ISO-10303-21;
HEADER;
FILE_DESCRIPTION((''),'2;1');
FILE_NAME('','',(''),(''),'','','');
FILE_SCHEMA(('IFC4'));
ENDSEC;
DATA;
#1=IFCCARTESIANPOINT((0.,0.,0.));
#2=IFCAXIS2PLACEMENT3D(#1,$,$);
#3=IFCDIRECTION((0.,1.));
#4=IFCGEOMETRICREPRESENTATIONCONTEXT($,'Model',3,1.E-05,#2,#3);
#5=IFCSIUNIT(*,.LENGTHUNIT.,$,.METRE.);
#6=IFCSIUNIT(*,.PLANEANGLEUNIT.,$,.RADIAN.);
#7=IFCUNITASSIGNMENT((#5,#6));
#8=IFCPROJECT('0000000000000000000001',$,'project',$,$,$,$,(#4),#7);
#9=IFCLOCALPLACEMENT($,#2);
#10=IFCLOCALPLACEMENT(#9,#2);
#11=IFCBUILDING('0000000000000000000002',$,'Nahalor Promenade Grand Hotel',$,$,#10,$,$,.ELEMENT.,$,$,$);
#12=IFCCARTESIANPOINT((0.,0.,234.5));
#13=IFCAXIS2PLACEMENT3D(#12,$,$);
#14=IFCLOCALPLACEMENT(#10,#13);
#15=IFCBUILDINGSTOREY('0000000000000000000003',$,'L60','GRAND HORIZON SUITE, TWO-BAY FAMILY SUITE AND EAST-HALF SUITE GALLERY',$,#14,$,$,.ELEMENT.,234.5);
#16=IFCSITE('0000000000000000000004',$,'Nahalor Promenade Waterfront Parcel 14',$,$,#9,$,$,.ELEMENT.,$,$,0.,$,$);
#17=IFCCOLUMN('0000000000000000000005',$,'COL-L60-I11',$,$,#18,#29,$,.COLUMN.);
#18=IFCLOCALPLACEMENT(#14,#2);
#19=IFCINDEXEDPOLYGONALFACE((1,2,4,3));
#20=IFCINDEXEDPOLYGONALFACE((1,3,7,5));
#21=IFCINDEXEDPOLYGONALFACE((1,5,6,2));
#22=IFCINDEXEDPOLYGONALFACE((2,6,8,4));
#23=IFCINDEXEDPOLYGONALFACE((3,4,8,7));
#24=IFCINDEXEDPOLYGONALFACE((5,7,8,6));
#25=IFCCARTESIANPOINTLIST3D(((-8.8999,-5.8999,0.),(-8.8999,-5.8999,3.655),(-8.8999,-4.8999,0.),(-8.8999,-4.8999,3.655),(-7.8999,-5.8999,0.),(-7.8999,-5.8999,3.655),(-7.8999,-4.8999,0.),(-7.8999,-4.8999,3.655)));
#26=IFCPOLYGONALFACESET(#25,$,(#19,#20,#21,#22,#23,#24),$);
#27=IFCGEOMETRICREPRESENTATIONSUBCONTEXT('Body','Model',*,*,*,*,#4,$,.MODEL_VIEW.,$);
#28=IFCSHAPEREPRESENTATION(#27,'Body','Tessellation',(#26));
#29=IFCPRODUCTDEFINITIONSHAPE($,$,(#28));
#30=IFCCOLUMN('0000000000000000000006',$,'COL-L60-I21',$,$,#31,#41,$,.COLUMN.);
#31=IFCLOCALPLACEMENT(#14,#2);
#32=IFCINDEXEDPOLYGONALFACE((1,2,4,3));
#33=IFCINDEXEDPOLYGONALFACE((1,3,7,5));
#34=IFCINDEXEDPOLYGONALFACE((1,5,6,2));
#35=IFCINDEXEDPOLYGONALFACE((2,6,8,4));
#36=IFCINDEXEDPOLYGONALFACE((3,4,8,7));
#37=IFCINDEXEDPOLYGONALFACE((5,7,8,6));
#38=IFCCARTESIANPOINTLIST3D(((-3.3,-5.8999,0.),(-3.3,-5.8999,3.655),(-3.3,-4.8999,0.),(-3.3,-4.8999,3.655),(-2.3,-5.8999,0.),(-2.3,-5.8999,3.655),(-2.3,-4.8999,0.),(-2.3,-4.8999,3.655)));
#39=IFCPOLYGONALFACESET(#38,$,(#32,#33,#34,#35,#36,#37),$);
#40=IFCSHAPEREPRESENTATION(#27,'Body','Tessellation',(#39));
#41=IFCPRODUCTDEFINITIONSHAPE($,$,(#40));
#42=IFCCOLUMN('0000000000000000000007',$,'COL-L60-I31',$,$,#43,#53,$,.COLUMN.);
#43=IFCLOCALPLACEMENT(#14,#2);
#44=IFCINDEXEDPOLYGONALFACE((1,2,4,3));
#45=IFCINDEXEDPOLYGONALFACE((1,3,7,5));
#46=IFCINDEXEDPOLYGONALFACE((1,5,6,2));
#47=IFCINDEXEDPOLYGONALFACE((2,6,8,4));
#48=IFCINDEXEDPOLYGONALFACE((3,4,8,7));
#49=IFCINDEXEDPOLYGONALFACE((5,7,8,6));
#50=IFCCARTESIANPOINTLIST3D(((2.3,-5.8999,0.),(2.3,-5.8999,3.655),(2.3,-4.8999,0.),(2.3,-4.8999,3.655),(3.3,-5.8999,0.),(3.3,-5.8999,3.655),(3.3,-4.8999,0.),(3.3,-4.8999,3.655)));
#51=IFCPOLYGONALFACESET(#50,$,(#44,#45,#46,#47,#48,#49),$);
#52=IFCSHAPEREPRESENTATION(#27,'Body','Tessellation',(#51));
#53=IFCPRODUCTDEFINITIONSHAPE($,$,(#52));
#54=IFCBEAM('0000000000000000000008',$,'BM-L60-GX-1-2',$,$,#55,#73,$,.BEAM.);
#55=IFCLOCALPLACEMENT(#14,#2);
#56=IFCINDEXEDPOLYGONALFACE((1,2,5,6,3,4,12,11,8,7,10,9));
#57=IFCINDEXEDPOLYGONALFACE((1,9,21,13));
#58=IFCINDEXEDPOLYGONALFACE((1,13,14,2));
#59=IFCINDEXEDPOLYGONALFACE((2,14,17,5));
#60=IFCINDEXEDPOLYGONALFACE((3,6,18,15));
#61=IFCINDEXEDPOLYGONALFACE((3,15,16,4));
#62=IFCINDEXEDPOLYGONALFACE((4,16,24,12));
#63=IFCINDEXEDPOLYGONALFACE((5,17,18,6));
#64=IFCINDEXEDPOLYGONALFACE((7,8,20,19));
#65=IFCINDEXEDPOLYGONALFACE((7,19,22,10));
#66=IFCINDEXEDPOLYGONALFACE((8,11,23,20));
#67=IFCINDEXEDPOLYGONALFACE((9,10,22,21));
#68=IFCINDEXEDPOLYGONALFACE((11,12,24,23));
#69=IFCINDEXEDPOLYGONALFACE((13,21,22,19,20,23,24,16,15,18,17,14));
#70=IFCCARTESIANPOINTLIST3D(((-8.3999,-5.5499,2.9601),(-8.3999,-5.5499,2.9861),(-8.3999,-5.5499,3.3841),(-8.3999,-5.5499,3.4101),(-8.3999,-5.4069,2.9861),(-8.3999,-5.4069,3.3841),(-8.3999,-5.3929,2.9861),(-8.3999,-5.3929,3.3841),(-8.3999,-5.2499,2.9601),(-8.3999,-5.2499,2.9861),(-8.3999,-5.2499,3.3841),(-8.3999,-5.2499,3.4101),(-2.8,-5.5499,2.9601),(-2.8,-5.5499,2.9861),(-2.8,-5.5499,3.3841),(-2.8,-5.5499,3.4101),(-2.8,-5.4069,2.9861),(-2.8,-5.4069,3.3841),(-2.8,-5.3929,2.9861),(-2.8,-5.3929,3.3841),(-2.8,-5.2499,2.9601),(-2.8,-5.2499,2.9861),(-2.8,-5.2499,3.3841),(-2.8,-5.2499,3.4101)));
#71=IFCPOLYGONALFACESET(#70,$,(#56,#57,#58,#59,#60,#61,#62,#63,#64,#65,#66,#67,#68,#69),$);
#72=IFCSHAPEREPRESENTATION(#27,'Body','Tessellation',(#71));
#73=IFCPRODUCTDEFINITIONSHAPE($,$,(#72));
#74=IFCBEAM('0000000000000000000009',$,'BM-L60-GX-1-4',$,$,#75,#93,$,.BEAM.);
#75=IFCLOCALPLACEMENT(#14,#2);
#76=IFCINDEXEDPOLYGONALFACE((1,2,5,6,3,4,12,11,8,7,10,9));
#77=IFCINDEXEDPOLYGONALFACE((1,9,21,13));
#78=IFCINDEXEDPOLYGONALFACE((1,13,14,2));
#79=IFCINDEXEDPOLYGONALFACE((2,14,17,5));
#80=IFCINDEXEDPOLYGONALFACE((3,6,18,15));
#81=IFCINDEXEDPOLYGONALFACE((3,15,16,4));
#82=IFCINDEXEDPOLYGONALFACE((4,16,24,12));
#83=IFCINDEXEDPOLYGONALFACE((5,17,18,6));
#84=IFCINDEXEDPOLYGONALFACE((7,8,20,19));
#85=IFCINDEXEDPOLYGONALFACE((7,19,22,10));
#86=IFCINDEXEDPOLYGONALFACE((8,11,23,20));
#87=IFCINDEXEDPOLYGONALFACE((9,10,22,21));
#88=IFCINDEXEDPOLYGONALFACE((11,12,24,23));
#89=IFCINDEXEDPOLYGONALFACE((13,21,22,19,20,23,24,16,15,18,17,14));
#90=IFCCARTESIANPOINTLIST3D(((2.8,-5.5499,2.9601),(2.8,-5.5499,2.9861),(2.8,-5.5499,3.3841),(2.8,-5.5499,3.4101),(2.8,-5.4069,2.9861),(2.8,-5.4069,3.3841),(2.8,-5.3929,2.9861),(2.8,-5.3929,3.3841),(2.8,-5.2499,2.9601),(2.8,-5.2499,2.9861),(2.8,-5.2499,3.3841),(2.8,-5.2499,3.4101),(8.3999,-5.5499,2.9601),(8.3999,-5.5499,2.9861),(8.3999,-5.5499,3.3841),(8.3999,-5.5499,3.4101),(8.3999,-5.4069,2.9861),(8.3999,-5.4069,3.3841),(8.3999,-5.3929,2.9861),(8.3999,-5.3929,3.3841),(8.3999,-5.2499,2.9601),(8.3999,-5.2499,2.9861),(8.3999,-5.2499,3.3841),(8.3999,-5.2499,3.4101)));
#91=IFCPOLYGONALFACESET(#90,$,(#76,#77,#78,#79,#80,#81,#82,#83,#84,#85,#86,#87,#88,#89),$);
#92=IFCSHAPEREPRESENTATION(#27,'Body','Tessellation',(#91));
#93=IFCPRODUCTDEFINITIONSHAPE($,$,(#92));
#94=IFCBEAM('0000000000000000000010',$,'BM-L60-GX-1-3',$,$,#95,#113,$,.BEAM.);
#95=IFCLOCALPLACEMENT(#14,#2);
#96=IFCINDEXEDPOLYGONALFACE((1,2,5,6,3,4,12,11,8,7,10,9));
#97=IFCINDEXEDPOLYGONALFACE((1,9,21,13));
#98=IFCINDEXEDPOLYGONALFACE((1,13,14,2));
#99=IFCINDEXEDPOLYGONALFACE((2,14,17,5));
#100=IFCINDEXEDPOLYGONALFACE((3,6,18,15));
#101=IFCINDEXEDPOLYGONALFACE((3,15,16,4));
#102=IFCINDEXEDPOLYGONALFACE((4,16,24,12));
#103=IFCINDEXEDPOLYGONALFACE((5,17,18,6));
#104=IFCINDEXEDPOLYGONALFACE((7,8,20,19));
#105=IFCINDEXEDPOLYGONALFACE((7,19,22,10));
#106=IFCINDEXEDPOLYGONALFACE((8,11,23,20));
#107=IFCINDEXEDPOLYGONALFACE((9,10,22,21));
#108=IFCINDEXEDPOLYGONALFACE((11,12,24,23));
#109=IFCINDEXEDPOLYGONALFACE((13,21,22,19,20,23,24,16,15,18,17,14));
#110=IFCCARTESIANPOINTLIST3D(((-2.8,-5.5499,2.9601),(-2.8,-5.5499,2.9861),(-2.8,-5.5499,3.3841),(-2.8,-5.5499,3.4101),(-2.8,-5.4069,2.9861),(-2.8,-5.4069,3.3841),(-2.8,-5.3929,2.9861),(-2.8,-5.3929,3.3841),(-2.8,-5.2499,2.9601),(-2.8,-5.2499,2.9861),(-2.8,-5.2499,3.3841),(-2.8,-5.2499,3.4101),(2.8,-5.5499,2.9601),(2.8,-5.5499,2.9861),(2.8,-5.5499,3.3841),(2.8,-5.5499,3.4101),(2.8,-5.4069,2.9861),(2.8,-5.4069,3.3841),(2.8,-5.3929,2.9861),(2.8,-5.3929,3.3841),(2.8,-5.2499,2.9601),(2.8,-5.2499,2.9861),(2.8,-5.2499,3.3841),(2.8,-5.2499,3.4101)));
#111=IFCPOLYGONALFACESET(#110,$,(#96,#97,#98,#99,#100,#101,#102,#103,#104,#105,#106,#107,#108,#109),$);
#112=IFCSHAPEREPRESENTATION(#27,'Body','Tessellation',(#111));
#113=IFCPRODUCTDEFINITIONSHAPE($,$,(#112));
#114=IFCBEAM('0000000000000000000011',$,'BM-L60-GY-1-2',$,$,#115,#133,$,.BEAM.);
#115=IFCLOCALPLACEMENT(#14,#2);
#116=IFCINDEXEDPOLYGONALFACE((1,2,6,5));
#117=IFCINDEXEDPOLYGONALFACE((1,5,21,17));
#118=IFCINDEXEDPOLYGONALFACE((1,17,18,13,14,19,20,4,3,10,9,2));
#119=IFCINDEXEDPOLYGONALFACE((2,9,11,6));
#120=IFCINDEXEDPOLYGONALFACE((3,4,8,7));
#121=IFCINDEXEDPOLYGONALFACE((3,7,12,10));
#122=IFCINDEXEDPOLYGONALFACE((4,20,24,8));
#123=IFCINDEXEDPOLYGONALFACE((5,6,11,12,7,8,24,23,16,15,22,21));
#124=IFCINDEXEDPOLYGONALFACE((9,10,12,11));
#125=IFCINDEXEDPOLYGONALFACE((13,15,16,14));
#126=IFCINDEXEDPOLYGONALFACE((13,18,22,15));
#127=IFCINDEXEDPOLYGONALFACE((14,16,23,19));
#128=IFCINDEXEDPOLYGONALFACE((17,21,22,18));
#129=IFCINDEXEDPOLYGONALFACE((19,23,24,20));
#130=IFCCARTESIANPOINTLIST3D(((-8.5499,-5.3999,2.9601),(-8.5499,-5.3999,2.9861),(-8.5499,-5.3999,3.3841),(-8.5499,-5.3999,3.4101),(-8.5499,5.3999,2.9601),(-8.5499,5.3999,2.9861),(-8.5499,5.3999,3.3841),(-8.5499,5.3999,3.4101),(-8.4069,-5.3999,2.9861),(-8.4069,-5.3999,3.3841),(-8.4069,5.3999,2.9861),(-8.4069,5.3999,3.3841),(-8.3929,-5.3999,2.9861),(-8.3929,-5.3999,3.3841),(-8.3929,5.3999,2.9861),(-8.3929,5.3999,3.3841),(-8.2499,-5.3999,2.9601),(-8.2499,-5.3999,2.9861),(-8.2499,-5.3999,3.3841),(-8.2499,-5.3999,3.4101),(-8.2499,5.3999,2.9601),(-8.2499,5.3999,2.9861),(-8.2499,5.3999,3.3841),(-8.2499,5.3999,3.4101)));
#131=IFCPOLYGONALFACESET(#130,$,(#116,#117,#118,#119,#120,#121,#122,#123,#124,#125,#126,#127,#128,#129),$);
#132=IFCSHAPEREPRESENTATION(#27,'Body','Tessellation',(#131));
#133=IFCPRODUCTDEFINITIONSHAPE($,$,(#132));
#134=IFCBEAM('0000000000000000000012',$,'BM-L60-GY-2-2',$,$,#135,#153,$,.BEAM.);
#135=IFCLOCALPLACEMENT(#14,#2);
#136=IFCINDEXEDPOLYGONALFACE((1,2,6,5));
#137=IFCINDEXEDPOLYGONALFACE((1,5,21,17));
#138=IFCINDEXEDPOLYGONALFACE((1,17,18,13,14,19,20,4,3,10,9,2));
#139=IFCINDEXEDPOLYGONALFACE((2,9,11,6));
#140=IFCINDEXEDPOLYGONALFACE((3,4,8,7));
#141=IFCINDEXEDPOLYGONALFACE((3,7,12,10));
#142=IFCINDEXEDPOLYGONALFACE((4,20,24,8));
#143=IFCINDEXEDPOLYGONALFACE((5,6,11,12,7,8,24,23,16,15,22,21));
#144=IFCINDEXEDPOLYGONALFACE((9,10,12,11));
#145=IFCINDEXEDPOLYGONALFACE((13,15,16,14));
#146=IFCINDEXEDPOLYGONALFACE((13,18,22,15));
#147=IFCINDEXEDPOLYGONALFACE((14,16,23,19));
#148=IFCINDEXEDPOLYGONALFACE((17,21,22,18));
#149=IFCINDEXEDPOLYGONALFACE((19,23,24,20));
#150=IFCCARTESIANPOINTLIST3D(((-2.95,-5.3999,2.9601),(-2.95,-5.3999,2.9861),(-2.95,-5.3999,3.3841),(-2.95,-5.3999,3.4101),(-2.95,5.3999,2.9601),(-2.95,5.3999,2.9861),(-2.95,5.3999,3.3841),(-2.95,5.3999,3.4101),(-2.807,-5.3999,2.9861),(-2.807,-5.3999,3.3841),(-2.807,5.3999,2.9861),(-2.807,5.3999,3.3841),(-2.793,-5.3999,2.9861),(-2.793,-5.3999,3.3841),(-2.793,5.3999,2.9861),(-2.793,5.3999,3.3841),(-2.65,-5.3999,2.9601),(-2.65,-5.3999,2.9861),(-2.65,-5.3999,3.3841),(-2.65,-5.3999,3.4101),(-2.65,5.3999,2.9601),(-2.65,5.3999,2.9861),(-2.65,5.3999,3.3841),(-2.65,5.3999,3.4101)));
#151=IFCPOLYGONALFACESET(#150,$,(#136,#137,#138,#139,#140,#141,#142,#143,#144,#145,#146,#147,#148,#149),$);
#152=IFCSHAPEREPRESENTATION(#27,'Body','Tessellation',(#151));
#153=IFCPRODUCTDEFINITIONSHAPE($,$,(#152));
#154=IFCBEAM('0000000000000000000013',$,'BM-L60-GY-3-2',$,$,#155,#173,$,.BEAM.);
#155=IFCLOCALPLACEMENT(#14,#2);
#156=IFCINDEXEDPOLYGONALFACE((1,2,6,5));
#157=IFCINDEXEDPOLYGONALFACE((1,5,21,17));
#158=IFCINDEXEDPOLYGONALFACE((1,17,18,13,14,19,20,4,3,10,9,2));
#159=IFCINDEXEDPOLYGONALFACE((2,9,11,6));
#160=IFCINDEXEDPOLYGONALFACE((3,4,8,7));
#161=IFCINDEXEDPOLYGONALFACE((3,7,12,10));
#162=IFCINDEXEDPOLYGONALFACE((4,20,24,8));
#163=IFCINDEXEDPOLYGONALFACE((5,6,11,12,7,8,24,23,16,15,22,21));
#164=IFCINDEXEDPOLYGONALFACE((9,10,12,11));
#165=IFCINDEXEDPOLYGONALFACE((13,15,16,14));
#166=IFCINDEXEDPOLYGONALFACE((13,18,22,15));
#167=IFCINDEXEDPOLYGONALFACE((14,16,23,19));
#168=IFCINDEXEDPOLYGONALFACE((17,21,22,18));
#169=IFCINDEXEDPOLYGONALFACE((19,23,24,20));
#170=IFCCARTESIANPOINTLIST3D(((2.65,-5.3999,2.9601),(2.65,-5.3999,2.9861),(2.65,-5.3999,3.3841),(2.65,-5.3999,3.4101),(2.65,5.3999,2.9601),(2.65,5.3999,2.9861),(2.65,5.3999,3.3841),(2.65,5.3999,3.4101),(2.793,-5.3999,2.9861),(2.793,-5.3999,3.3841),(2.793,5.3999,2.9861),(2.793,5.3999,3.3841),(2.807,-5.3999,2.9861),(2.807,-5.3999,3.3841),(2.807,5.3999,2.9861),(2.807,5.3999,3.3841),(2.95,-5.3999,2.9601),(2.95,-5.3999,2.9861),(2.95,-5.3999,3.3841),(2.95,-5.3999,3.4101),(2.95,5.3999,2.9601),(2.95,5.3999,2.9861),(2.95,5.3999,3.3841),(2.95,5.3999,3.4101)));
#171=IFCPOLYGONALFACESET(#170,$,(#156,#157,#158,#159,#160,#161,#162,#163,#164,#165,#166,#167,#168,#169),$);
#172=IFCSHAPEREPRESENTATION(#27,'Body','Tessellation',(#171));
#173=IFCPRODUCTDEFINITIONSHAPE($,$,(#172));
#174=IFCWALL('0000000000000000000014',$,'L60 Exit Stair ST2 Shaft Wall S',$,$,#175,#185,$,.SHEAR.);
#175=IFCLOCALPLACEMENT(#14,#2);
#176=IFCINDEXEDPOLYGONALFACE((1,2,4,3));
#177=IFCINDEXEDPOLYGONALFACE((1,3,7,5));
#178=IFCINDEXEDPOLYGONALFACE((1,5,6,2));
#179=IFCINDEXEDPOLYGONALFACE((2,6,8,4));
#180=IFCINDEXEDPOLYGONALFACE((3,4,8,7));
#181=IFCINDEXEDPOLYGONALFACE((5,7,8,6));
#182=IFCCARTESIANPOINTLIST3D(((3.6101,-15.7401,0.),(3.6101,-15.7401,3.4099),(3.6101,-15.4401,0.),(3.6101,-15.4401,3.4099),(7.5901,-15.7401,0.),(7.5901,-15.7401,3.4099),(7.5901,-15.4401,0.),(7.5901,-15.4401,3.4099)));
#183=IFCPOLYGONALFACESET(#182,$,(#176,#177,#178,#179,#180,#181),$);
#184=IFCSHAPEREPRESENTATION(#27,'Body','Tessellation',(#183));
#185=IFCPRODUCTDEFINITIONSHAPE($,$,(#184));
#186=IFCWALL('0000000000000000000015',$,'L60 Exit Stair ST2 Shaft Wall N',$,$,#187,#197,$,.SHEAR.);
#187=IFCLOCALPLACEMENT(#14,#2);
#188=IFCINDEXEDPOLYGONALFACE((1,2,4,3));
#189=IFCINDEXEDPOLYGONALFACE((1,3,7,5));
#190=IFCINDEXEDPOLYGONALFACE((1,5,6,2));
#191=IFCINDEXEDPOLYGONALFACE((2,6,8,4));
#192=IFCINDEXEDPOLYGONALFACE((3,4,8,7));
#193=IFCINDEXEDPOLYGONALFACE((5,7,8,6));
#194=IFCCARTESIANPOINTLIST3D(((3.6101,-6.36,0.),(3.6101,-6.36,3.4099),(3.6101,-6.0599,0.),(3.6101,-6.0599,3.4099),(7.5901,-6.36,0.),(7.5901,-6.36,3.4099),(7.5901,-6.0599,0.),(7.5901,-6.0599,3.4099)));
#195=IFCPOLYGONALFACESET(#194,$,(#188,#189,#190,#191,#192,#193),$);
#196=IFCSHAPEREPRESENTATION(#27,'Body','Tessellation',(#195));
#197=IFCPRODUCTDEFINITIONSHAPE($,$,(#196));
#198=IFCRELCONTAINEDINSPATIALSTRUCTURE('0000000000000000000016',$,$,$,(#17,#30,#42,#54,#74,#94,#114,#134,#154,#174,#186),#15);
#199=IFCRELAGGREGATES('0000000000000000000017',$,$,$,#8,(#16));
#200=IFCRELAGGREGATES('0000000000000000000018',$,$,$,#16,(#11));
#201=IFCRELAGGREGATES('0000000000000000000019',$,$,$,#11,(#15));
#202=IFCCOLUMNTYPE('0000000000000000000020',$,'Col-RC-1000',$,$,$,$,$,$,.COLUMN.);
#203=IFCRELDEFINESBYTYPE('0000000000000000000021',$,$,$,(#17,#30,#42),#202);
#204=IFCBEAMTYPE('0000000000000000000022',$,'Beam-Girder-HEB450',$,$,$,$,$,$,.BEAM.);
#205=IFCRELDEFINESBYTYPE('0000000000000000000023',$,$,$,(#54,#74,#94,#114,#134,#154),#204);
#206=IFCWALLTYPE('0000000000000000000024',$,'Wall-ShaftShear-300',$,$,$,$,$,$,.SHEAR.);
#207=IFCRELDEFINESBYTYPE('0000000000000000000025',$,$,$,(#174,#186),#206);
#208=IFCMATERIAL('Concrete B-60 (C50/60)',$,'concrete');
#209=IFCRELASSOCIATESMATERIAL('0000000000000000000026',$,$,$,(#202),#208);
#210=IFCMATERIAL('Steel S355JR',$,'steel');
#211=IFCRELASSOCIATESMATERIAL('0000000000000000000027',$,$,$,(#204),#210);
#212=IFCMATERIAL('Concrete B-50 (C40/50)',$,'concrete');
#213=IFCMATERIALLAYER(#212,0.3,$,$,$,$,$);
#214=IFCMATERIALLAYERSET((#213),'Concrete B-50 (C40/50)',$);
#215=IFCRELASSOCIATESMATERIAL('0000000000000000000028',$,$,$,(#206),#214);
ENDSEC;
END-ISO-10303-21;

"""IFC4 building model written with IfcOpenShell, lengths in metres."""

from ifc_helpers import new_model, si_unit, direction, frame, frame_2d, origin, origin_2d, place, context, subcontext, project, spatial, rectangle, i_section, extrude, source, transform, mapped, material, layer, layer_set, material_profile, profile_set, type_object, element, save


model = new_model("IFC4")

# Units and contexts
model_context = context("Model", 3, precision=1e-05, world=origin(), true_north=direction((0.0, 1.0)))
body_context = subcontext(model_context, "Body", "Model", "MODEL_VIEW")
ifc_project = project(units=[si_unit("LENGTHUNIT", "METRE"), si_unit("PLANEANGLEUNIT", "RADIAN")], contexts=[model_context])

# Site, building, storey
site_placement = place(None, origin())
site = spatial("IfcSite", under=ifc_project, at=site_placement, Name="Nahalor Promenade Waterfront Parcel 14", CompositionType="ELEMENT", RefElevation=0.0)
building_placement = place(site_placement, origin())
building = spatial("IfcBuilding", under=site, at=building_placement, Name="Nahalor Promenade Grand Hotel", CompositionType="ELEMENT")
storey_placement = place(building_placement, frame((0.0, 0.0, 234.5)))
storey = spatial("IfcBuildingStorey", under=building, at=storey_placement, Name="L60", Description="GRAND HORIZON SUITE, TWO-BAY FAMILY SUITE AND EAST-HALF SUITE GALLERY", CompositionType="ELEMENT", Elevation=234.5)

# Columns
ifc_material_1 = material(Name="Concrete B-60 (C50/60)", Category="concrete")
ifc_material_profile_1 = material_profile(ifc_material_1, rectangle(XDim=1.0, YDim=1.0, at=origin_2d()), Name="RC 1000x1000")
ifc_profile_set_1 = profile_set([ifc_material_profile_1], Name="Concrete B-60 (C50/60)")
column_type = type_object("IfcColumnType", Name="Col-RC-1000", PredefinedType="COLUMN", material=ifc_profile_set_1)
shared_shape_1 = source(origin(), body_context, "Body", "SweptSolid", [
    extrude(rectangle(XDim=1.0, YDim=1.0, at=origin_2d()), origin(), (0.0, 0.0, 1.0), 3.655),
])
for number, where, z_axis, x_axis, name in (
    (1, (-8.3999, -5.3999, 0.0), (0.0, 0.0, 1.0), (1.0, 0.0, 0.0), "COL-L60-I11"),
    (2, (-2.8, -5.3999, 0.0), (0.0, 0.0, 1.0), (1.0, 0.0, 0.0), "COL-L60-I21"),
    (3, (2.8, -5.3999, 0.0), (0.0, 0.0, 1.0), (1.0, 0.0, 0.0), "COL-L60-I31"),
):
    element("IfcColumn", number, at=place(storey_placement, frame(where, z_axis=z_axis, x_axis=x_axis)), inside=storey, type_object=column_type, Name=name, PredefinedType="COLUMN", context=body_context, shape_type="MappedRepresentation", body=[
        mapped(shared_shape_1, transform((0.0, 0.0, 0.0), scale=1.0)),
    ])

# Beams
ifc_material_2 = material(Name="Steel S355JR", Category="steel")
ifc_material_profile_2 = material_profile(ifc_material_2, i_section(OverallWidth=0.3, OverallDepth=0.45, WebThickness=0.014, FlangeThickness=0.026, at=origin_2d()), Name="HEB 450")
ifc_profile_set_2 = profile_set([ifc_material_profile_2], Name="Steel S355JR")
beam_type = type_object("IfcBeamType", Name="Beam-Girder-HEB450", PredefinedType="BEAM", material=ifc_profile_set_2)
shared_shape_2 = source(origin(), body_context, "Body", "SweptSolid", [
    extrude(i_section(OverallWidth=0.3, OverallDepth=0.45, WebThickness=0.014, FlangeThickness=0.026, at=origin_2d()), origin(), (0.0, 0.0, 1.0), 5.5999),
])
for number, where, z_axis, x_axis, name in (
    (4, (-8.3999, -5.3999, 3.1851), (1.0, 0.0, 0.0), (0.0, 1.0, 0.0), "BM-L60-GX-1-2"),
    (5, (2.8, -5.3999, 3.1851), (1.0, 0.0, 0.0), (0.0, 1.0, 0.0), "BM-L60-GX-1-4"),
):
    element("IfcBeam", number, at=place(storey_placement, frame(where, z_axis=z_axis, x_axis=x_axis)), inside=storey, type_object=beam_type, Name=name, PredefinedType="BEAM", context=body_context, shape_type="MappedRepresentation", body=[
        mapped(shared_shape_2, transform((0.0, 0.0, 0.0), scale=1.0)),
    ])
shared_shape_3 = source(origin(), body_context, "Body", "SweptSolid", [
    extrude(i_section(OverallWidth=0.3, OverallDepth=0.45, WebThickness=0.014, FlangeThickness=0.026, at=origin_2d()), origin(), (0.0, 0.0, 1.0), 5.6001),
])
beam_placement = place(storey_placement, frame((-2.8, -5.3999, 3.1851), z_axis=(1.0, 0.0, 0.0), x_axis=(0.0, 1.0, 0.0)))
element("IfcBeam", 6, at=beam_placement, inside=storey, type_object=beam_type, Name="BM-L60-GX-1-3", PredefinedType="BEAM", context=body_context, shape_type="MappedRepresentation", body=[
    mapped(shared_shape_3, transform((0.0, 0.0, 0.0), scale=1.0)),
])
shared_shape_4 = source(origin(), body_context, "Body", "SweptSolid", [
    extrude(i_section(OverallWidth=0.3, OverallDepth=0.45, WebThickness=0.014, FlangeThickness=0.026, at=origin_2d()), origin(), (0.0, 0.0, 1.0), 10.7998),
])
for number, where, z_axis, x_axis, name in (
    (7, (-8.3999, -5.3999, 3.1851), (0.0, 1.0, 0.0), (-1.0, 0.0, 0.0), "BM-L60-GY-1-2"),
    (8, (-2.8, -5.3999, 3.1851), (0.0, 1.0, 0.0), (-1.0, 0.0, 0.0), "BM-L60-GY-2-2"),
    (9, (2.8, -5.3999, 3.1851), (0.0, 1.0, 0.0), (-1.0, 0.0, 0.0), "BM-L60-GY-3-2"),
):
    element("IfcBeam", number, at=place(storey_placement, frame(where, z_axis=z_axis, x_axis=x_axis)), inside=storey, type_object=beam_type, Name=name, PredefinedType="BEAM", context=body_context, shape_type="MappedRepresentation", body=[
        mapped(shared_shape_4, transform((0.0, 0.0, 0.0), scale=1.0)),
    ])

# Walls
ifc_material_3 = material(Name="Concrete B-50 (C40/50)", Category="concrete")
ifc_layer_1 = layer(ifc_material_3, 0.3)
ifc_layer_set_1 = layer_set([ifc_layer_1], Name="Concrete B-50 (C40/50)")
wall_type_1 = type_object("IfcWallType", Name="Wall-ShaftShear-300", PredefinedType="SHEAR", material=ifc_layer_set_1)
shared_shape_5 = source(origin(), body_context, "Body", "SweptSolid", [
    extrude(rectangle(XDim=3.98, YDim=0.3, at=frame_2d((1.99, 0.0))), origin(), (0.0, 0.0, 1.0), 3.4099),
])
for number, where, z_axis, x_axis, name in (
    (10, (3.6101, -15.5901, 0.0), (0.0, 0.0, 1.0), (1.0, 0.0, 0.0), "L60 Exit Stair ST2 Shaft Wall S"),
    (11, (3.6101, -6.21, 0.0), (0.0, 0.0, 1.0), (1.0, 0.0, 0.0), "L60 Exit Stair ST2 Shaft Wall N"),
):
    element("IfcWall", number, at=place(storey_placement, frame(where, z_axis=z_axis, x_axis=x_axis)), inside=storey, type_object=wall_type_1, Name=name, PredefinedType="SHEAR", context=body_context, shape_type="MappedRepresentation", body=[
        mapped(shared_shape_5, transform((0.0, 0.0, 0.0), scale=1.0)),
    ])

save(model, "model.ifc")
